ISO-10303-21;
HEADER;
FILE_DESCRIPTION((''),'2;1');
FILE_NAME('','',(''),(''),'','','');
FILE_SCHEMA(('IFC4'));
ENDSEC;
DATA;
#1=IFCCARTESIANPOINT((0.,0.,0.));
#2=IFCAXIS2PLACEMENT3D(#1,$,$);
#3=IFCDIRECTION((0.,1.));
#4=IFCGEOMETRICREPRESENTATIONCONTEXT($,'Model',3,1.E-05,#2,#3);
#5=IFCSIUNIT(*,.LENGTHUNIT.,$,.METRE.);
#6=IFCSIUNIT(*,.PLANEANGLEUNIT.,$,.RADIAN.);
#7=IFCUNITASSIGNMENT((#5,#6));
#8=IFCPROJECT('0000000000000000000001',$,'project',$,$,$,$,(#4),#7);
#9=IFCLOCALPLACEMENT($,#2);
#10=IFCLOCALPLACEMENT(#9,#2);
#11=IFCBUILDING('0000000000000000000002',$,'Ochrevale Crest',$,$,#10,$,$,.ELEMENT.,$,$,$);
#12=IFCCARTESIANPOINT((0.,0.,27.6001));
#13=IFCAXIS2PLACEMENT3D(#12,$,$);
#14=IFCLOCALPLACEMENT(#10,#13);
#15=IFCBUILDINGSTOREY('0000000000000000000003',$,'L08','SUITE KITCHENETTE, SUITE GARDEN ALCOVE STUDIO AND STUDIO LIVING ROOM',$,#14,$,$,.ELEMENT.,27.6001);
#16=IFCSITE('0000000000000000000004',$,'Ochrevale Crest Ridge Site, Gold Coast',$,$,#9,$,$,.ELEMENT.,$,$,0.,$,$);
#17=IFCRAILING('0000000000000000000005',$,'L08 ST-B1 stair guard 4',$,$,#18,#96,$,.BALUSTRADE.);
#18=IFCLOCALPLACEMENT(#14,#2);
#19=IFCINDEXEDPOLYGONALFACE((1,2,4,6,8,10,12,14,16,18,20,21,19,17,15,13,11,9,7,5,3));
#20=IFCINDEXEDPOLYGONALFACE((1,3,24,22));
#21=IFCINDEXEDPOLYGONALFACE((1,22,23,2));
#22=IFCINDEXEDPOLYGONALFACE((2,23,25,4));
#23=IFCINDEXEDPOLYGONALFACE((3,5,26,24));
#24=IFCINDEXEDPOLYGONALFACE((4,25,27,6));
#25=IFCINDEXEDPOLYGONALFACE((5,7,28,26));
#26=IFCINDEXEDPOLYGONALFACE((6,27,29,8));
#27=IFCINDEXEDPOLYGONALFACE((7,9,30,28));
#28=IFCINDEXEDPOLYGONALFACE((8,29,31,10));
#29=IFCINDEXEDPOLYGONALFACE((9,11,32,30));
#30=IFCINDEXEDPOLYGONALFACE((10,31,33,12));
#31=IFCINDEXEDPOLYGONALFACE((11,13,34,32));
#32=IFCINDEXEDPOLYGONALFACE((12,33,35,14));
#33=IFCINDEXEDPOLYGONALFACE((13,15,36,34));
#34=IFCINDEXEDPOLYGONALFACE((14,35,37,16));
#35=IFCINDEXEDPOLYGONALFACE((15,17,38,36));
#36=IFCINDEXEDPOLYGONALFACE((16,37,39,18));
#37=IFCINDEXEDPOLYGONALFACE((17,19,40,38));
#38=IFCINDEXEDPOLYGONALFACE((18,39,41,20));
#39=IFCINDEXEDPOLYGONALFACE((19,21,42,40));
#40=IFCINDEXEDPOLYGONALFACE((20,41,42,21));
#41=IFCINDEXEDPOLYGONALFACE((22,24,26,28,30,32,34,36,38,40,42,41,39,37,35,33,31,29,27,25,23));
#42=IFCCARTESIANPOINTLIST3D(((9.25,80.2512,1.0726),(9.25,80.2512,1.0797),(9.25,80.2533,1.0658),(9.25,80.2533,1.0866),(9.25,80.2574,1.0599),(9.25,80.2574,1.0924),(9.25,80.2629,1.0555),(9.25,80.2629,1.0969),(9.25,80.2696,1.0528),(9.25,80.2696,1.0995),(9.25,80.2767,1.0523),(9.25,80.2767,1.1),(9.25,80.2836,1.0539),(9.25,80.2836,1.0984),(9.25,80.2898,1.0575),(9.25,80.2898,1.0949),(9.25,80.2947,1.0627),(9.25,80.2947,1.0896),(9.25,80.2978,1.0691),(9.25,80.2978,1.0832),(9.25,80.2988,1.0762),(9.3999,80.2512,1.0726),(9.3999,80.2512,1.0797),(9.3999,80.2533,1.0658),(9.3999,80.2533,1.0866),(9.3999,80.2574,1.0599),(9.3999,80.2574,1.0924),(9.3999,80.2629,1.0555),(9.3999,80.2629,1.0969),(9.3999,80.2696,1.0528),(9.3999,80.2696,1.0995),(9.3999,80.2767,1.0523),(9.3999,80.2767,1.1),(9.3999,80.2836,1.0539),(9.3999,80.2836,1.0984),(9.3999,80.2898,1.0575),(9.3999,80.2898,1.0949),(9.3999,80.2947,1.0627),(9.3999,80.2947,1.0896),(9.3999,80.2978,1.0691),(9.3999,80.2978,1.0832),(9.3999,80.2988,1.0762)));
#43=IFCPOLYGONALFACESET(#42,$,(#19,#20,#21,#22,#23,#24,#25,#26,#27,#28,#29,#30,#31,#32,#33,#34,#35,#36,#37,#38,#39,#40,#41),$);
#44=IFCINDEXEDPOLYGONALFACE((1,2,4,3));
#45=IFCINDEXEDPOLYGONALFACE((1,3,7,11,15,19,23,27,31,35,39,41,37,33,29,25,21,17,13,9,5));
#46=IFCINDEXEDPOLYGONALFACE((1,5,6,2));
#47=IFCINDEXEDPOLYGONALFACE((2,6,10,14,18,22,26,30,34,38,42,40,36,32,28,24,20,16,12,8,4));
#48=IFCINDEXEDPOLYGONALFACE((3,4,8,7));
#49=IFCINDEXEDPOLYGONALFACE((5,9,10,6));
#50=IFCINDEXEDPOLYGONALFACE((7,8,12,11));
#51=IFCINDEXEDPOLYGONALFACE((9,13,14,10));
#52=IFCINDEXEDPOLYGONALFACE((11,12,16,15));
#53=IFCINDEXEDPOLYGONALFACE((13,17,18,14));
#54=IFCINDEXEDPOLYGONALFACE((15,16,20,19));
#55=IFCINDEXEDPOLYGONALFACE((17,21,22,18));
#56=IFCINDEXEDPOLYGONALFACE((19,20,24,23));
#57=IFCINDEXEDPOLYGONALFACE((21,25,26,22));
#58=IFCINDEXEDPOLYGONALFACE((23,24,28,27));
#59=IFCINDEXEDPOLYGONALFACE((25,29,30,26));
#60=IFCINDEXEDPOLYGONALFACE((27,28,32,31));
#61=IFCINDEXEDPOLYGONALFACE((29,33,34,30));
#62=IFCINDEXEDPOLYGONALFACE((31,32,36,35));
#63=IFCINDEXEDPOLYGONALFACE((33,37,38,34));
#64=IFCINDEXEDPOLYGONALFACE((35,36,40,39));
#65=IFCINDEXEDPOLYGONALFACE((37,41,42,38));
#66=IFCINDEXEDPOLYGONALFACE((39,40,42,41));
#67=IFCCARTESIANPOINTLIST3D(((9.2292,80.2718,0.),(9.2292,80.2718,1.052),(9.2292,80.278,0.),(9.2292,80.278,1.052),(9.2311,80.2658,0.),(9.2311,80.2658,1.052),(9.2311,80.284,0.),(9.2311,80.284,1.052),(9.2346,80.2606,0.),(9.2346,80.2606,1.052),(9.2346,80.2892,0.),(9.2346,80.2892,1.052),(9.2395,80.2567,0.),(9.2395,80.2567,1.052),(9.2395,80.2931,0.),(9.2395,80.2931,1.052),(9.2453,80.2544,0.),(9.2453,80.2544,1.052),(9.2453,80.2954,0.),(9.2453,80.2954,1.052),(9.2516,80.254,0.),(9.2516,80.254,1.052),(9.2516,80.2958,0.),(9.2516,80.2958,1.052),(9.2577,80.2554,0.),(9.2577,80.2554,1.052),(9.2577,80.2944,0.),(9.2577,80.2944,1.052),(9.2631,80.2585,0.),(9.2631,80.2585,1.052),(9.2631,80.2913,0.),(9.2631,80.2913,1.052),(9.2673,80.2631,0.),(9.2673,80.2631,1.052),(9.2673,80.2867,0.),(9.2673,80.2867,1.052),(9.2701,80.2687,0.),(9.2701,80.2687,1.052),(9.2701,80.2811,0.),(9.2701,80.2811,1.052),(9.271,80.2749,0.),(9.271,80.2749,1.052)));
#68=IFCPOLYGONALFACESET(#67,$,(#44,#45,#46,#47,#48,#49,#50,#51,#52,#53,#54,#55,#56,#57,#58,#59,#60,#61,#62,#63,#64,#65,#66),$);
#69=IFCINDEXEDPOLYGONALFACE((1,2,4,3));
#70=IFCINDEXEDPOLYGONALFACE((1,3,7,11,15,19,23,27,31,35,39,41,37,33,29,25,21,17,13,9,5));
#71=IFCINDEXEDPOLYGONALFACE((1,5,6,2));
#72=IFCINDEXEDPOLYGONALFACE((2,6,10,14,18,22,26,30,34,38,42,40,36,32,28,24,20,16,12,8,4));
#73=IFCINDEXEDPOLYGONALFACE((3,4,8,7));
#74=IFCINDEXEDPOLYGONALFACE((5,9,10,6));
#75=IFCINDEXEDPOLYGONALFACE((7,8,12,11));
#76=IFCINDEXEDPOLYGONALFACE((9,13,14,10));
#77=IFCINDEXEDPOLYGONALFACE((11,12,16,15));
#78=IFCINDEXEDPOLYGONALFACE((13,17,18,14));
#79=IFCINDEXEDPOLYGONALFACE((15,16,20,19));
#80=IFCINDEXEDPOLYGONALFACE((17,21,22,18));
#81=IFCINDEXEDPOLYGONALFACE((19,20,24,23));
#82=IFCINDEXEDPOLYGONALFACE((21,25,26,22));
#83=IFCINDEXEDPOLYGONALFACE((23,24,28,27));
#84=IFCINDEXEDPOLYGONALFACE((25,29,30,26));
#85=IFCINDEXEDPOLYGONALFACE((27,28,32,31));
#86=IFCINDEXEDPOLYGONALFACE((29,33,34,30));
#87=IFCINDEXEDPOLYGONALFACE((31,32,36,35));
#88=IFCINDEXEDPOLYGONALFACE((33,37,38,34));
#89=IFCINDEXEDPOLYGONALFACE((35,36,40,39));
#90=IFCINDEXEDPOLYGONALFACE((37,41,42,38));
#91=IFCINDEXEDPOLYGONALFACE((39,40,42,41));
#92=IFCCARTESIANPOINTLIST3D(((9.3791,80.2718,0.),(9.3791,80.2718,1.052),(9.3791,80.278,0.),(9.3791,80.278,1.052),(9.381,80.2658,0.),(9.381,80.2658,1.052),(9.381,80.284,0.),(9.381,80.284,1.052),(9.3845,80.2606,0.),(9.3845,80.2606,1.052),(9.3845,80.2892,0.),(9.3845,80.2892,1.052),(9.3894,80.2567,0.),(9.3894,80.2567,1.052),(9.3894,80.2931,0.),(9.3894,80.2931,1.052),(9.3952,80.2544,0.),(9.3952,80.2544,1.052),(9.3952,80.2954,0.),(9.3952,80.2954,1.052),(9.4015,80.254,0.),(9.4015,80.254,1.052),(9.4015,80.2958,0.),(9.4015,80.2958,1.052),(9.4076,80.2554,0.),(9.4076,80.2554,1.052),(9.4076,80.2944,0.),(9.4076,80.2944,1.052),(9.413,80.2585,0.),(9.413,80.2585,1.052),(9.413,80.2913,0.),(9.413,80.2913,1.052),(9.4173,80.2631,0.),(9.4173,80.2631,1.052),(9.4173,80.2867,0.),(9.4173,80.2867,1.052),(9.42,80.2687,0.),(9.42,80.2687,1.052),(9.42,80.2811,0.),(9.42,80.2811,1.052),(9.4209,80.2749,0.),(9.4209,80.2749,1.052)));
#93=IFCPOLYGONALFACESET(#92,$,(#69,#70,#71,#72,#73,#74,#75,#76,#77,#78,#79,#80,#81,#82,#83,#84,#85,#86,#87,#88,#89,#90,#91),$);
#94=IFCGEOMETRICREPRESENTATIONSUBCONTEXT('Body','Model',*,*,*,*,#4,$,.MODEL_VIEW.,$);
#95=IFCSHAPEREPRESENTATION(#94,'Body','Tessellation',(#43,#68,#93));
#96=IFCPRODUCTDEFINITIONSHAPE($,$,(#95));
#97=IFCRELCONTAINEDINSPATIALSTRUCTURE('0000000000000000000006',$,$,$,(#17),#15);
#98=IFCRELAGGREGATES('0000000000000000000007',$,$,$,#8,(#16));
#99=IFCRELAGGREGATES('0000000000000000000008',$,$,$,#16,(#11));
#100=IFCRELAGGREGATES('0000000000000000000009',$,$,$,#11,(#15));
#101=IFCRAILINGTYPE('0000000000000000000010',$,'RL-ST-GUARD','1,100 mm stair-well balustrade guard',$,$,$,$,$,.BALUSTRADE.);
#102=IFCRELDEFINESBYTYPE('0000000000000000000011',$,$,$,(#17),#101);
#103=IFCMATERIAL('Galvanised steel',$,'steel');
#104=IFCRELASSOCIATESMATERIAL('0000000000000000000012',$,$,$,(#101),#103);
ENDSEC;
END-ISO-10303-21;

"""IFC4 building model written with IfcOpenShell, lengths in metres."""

from ifc_helpers import new_model, si_unit, direction, frame, origin, origin_2d, place, context, subcontext, project, spatial, circle, extrude, material, type_object, element, save


model = new_model("IFC4")

# Units and contexts
model_context = context("Model", 3, precision=1e-05, world=origin(), true_north=direction((0.0, 1.0)))
body_context = subcontext(model_context, "Body", "Model", "MODEL_VIEW")
ifc_project = project(units=[si_unit("LENGTHUNIT", "METRE"), si_unit("PLANEANGLEUNIT", "RADIAN")], contexts=[model_context])

# Site, building, storey
site_placement = place(None, origin())
site = spatial("IfcSite", under=ifc_project, at=site_placement, Name="Ochrevale Crest Ridge Site, Gold Coast", CompositionType="ELEMENT", RefElevation=0.0)
building_placement = place(site_placement, origin())
building = spatial("IfcBuilding", under=site, at=building_placement, Name="Ochrevale Crest", CompositionType="ELEMENT")
storey_placement = place(building_placement, frame((0.0, 0.0, 27.6001)))
storey = spatial("IfcBuildingStorey", under=building, at=storey_placement, Name="L08", Description="SUITE KITCHENETTE, SUITE GARDEN ALCOVE STUDIO AND STUDIO LIVING ROOM", CompositionType="ELEMENT", Elevation=27.6001)

# Railing
ifc_material_1 = material(Name="Galvanised steel", Category="steel")
railing_type_1 = type_object("IfcRailingType", Name="RL-ST-GUARD", Description="1,100 mm stair-well balustrade guard", PredefinedType="BALUSTRADE", material=ifc_material_1)
railing_1_placement = place(storey_placement, frame((9.25, 80.2749, 0.0)))
element("IfcRailing", 1, at=railing_1_placement, inside=storey, type_object=railing_type_1, Name="L08 ST-B1 stair guard 4", PredefinedType="BALUSTRADE", context=body_context, shape_type="SweptSolid", body=[
    extrude(circle(Radius=0.0239, at=origin_2d()), frame((0.0, 0.0, 1.0762), z_axis=(1.0, 0.0, 0.0), x_axis=(0.0, 1.0, 0.0)), (0.0, 0.0, 1.0), 0.1499),
    extrude(circle(Radius=0.021, at=origin_2d()), origin(), (0.0, 0.0, 1.0), 1.052),
    extrude(circle(Radius=0.021, at=origin_2d()), frame((0.1499, 0.0, 0.0)), (0.0, 0.0, 1.0), 1.052),
])

save(model, "model.ifc")
